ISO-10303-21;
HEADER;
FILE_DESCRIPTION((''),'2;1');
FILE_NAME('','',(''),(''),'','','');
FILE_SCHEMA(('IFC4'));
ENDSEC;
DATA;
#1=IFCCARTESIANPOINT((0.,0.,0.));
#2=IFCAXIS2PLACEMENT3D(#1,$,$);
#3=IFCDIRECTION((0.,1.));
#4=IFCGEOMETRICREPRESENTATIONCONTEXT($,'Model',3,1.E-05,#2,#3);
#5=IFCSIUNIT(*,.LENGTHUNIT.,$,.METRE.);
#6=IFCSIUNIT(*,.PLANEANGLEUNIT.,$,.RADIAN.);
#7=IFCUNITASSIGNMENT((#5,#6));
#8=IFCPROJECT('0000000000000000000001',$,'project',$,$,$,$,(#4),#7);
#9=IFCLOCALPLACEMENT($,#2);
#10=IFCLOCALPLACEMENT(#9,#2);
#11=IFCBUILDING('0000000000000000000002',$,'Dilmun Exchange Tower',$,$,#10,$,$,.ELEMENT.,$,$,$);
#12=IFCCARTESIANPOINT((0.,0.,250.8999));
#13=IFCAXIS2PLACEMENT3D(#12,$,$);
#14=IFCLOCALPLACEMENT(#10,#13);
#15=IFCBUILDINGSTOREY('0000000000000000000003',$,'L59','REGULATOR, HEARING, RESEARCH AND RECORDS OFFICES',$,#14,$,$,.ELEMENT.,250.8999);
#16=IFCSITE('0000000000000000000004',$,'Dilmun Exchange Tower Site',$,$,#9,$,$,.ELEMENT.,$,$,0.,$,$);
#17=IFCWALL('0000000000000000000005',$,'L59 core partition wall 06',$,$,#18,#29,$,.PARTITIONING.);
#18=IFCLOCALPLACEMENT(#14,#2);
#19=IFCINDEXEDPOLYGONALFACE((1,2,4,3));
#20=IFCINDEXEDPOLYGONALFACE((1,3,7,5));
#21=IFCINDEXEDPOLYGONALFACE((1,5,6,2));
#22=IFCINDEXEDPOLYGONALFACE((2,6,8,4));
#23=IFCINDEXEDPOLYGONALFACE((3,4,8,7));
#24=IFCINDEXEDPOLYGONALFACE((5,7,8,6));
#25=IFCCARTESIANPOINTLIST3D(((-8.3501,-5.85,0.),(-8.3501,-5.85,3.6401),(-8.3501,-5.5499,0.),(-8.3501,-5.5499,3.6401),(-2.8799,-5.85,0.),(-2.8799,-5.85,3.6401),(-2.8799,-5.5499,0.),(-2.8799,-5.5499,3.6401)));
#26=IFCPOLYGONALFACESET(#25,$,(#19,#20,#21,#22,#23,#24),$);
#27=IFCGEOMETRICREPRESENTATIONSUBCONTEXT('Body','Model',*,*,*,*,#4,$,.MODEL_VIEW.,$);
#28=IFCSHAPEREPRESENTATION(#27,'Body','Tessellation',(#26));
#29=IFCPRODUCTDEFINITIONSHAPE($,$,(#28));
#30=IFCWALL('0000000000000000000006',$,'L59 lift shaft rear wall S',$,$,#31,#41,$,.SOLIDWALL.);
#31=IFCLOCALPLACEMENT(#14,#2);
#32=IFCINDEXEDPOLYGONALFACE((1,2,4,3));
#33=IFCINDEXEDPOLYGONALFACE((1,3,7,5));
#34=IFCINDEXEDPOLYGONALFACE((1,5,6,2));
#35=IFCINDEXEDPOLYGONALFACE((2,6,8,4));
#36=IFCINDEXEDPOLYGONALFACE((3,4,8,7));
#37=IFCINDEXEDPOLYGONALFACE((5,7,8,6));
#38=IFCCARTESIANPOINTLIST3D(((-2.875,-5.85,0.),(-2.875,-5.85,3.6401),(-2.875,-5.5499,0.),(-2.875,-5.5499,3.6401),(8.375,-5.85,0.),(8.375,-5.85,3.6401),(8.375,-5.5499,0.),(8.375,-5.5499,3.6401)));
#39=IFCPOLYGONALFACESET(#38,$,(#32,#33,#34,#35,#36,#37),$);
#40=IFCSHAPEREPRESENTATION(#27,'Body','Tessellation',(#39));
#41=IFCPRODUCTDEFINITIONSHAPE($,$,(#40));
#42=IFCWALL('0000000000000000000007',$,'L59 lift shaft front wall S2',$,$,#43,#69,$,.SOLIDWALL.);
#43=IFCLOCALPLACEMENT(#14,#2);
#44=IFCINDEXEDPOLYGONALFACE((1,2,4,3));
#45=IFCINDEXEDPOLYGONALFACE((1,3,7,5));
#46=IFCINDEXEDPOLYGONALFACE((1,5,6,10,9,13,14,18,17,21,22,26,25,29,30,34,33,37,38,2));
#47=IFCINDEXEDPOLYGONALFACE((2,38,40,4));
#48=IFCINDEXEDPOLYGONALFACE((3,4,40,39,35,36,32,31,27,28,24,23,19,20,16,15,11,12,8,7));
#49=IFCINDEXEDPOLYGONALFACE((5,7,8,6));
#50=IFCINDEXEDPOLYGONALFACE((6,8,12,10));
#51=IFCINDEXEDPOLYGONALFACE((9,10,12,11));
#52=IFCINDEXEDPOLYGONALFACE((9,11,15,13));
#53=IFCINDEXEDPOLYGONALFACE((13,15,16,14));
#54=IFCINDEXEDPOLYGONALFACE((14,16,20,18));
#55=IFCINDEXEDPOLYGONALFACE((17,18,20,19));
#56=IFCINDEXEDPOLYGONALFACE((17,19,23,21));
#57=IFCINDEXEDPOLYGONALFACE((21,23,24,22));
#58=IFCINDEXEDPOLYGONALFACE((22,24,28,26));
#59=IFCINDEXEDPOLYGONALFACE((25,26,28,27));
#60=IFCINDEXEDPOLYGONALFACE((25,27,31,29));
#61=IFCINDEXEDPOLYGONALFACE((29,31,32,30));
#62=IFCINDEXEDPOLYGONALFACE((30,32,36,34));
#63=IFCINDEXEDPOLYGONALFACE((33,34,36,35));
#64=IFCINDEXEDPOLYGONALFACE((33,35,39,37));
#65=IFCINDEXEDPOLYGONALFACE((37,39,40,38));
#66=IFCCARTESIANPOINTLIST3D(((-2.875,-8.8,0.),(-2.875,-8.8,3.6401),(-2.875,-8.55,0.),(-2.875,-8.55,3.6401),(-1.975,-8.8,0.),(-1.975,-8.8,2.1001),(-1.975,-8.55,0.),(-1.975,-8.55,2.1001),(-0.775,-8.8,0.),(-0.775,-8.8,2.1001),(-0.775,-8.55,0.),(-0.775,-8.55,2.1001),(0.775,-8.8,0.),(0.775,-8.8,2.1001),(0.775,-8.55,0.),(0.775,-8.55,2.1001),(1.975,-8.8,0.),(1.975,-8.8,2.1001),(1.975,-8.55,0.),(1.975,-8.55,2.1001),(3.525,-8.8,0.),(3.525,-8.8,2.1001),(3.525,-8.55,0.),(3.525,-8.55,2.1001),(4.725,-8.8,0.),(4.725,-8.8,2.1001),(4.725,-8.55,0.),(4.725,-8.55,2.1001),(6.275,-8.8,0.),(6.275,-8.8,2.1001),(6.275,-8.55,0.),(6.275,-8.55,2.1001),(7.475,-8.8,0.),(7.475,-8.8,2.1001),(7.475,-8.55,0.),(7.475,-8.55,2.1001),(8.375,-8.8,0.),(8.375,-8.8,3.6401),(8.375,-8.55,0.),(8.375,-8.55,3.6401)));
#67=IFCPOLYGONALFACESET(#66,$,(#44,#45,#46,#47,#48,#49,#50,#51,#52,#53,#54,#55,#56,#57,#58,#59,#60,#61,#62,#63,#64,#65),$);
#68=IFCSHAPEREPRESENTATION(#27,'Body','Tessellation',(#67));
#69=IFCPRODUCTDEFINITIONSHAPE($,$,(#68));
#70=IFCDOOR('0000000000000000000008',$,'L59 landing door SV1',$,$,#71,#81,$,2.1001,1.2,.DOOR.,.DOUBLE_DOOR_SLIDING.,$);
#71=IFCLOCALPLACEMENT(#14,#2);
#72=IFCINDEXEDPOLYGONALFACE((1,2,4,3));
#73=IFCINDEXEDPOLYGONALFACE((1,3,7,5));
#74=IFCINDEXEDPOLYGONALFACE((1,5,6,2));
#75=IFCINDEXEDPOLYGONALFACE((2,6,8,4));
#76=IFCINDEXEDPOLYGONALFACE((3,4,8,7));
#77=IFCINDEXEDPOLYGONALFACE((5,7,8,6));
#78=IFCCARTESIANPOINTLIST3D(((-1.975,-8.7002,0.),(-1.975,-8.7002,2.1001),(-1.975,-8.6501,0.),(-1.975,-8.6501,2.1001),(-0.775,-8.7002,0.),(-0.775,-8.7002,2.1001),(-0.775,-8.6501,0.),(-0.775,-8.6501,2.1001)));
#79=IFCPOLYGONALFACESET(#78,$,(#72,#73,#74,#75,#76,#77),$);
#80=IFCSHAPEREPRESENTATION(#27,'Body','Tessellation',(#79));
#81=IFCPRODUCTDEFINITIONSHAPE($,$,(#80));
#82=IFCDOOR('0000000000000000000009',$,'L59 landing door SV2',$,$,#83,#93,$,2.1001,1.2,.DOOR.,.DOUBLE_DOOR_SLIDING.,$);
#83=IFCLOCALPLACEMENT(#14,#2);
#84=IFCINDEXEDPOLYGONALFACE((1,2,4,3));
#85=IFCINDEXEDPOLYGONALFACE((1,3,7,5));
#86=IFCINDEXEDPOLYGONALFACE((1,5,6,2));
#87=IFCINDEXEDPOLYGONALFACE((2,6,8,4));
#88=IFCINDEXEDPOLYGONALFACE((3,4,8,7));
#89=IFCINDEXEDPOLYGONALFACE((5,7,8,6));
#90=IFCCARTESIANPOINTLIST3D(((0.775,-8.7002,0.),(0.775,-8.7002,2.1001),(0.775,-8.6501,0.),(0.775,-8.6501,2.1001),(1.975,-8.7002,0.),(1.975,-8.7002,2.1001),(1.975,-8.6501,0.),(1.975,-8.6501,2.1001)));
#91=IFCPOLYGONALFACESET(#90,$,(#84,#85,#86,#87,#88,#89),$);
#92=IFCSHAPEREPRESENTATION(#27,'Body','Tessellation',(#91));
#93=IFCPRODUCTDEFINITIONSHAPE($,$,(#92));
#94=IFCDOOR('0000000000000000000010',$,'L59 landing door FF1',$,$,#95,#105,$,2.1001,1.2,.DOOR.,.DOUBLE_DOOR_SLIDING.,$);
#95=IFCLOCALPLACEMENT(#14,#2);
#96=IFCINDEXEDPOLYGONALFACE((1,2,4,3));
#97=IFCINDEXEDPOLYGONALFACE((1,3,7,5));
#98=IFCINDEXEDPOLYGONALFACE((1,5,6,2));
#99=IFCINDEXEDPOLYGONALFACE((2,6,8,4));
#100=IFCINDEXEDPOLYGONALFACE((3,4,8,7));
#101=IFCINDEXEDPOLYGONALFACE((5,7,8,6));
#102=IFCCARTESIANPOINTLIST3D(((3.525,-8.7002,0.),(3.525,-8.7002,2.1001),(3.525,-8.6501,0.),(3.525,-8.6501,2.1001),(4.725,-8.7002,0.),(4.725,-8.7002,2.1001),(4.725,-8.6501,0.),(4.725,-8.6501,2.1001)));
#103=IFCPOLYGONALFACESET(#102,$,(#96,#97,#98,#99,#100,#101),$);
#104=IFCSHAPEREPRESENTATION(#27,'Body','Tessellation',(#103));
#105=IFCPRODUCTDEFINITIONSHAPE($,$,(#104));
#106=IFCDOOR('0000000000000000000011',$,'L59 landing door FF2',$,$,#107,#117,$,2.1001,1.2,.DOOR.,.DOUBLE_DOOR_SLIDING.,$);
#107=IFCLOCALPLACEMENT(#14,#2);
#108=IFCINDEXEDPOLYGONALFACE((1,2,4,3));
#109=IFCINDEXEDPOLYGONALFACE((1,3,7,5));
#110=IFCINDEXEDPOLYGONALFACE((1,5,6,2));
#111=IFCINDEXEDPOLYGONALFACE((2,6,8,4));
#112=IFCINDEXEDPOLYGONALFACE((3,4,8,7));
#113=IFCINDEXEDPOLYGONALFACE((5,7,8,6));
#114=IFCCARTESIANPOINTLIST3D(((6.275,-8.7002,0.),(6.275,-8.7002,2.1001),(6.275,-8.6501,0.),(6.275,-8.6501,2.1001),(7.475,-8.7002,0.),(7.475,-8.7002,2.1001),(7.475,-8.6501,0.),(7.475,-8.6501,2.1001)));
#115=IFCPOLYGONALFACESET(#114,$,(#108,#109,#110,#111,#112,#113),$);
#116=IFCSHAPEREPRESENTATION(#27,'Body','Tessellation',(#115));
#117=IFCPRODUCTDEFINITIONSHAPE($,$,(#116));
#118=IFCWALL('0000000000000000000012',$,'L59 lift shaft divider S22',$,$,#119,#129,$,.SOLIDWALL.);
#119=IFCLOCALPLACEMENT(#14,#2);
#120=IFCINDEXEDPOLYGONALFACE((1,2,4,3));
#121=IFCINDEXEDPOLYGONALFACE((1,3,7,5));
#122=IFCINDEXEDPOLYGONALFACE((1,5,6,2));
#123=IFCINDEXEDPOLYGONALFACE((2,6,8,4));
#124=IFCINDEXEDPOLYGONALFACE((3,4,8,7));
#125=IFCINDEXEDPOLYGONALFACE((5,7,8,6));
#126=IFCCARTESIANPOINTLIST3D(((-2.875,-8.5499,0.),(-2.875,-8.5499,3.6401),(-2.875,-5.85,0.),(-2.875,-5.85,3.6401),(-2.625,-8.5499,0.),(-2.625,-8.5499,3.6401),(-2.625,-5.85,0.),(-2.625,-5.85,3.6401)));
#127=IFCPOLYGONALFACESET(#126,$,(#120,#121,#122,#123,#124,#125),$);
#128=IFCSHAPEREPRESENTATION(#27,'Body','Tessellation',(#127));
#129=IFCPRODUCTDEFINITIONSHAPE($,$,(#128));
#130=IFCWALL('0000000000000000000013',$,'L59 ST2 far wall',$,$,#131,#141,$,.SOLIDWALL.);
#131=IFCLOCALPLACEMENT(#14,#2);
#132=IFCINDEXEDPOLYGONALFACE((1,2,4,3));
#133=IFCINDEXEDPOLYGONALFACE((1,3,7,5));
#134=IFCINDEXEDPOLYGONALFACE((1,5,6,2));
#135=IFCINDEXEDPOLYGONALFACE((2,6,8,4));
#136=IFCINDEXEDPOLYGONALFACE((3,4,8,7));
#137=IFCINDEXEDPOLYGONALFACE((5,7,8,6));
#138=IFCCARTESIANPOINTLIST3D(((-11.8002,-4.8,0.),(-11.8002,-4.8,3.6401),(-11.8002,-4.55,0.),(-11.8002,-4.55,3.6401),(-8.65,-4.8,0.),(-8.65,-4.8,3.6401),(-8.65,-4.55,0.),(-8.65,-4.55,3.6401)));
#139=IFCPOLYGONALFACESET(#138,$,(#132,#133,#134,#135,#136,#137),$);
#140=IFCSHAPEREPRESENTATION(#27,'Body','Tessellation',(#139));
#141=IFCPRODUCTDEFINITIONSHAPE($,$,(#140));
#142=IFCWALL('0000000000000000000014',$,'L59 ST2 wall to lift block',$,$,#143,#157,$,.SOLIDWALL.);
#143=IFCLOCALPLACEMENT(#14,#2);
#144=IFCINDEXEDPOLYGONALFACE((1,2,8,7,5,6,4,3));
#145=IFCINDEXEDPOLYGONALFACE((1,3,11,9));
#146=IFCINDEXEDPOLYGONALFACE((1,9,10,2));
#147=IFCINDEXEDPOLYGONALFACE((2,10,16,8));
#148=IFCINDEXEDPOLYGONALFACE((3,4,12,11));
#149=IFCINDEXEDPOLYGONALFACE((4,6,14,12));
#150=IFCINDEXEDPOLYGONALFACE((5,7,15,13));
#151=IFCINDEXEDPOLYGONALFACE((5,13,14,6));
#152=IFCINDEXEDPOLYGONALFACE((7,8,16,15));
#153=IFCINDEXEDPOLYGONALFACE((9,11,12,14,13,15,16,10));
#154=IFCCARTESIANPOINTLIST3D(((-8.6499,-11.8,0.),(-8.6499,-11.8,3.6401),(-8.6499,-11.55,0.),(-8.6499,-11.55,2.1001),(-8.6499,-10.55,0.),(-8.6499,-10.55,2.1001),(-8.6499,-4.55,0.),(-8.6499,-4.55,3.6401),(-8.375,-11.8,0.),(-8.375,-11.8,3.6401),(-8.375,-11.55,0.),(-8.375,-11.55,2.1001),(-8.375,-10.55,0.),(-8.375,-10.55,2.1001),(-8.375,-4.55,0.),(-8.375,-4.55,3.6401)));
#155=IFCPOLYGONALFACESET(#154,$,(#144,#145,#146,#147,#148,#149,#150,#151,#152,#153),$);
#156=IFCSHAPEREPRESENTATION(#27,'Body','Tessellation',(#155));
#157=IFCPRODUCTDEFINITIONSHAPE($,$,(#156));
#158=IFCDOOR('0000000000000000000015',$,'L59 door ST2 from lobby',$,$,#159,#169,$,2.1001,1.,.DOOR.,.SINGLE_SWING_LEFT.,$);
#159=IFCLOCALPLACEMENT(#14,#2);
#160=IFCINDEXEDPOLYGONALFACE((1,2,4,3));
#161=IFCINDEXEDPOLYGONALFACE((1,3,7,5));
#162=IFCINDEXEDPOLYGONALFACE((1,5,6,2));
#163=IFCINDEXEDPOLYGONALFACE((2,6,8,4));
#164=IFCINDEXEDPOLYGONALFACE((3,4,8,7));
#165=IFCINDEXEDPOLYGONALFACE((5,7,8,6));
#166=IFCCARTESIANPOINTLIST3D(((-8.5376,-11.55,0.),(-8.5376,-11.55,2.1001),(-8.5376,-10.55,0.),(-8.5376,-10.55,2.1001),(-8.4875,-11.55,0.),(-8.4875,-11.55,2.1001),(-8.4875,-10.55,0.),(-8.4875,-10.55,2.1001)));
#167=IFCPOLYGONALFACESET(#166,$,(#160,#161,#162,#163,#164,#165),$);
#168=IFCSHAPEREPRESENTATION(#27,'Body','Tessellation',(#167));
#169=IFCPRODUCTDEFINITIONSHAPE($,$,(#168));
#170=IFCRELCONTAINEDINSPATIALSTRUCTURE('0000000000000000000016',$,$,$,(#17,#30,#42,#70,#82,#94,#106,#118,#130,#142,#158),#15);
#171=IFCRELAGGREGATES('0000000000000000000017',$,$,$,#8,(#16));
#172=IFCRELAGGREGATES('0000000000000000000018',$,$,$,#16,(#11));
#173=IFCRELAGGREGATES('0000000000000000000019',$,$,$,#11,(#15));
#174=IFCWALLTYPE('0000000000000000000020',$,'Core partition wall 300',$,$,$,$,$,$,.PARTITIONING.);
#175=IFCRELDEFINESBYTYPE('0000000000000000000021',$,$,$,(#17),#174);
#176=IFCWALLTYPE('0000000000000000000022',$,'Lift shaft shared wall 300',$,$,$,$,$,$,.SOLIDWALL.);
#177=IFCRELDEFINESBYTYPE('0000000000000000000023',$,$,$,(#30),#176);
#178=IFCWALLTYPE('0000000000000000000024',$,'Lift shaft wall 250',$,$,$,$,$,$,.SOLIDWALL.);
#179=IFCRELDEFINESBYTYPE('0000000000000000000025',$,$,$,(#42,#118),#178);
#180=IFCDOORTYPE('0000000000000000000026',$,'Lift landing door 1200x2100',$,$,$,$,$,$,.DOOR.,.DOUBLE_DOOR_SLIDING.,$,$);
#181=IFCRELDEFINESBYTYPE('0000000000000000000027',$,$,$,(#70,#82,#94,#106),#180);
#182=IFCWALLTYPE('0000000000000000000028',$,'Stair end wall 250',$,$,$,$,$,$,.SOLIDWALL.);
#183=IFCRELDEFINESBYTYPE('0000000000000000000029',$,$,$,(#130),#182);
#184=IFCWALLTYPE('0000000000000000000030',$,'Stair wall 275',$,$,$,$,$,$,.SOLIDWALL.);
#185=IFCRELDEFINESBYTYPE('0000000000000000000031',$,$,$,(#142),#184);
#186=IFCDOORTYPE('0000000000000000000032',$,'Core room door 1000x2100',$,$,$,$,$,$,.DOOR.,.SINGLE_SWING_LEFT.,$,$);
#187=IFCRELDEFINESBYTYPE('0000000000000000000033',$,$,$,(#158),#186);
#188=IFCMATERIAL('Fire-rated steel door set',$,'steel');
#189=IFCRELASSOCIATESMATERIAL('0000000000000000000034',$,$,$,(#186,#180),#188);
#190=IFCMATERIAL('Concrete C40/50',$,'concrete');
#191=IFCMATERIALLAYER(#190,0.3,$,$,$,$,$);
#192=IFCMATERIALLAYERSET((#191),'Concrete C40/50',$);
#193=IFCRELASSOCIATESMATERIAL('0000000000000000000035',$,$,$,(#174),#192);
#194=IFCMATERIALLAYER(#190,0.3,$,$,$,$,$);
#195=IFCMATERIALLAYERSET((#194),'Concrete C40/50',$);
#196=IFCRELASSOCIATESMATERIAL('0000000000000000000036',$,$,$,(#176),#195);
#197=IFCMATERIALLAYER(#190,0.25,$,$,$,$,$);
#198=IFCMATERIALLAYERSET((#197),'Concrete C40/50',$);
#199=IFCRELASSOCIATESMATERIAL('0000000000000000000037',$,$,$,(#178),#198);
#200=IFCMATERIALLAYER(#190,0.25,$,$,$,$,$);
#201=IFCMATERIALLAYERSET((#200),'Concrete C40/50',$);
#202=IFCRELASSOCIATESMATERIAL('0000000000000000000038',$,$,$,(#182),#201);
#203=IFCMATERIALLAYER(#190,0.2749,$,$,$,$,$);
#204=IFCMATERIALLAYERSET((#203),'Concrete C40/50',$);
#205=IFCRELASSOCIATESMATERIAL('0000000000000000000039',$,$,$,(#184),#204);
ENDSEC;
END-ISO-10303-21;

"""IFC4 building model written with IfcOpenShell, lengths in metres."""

from ifc_helpers import new_model, si_unit, direction, frame, frame_2d, origin, place, context, subcontext, project, spatial, rectangle, extrude, material, layer, layer_set, type_object, element, fill, save


model = new_model("IFC4")

# Units and contexts
model_context = context("Model", 3, precision=1e-05, world=origin(), true_north=direction((0.0, 1.0)))
body_context = subcontext(model_context, "Body", "Model", "MODEL_VIEW")
ifc_project = project(units=[si_unit("LENGTHUNIT", "METRE"), si_unit("PLANEANGLEUNIT", "RADIAN")], contexts=[model_context])

# Site, building, storey
site_placement = place(None, origin())
site = spatial("IfcSite", under=ifc_project, at=site_placement, Name="Dilmun Exchange Tower Site", CompositionType="ELEMENT", RefElevation=0.0)
building_placement = place(site_placement, origin())
building = spatial("IfcBuilding", under=site, at=building_placement, Name="Dilmun Exchange Tower", CompositionType="ELEMENT")
storey_placement = place(building_placement, frame((0.0, 0.0, 250.8999)))
storey = spatial("IfcBuildingStorey", under=building, at=storey_placement, Name="L59", Description="REGULATOR, HEARING, RESEARCH AND RECORDS OFFICES", CompositionType="ELEMENT", Elevation=250.8999)

# Shared definitions
ifc_material_1 = material(Name="Concrete C40/50", Category="concrete")

# Shared definitions
ifc_material_2 = material(Name="Fire-rated steel door set", Category="steel")
door_type_1 = type_object("IfcDoorType", Name="Core room door 1000x2100", OperationType="SINGLE_SWING_LEFT", PredefinedType="DOOR", material=ifc_material_2)

# Walls
ifc_layer_1 = layer(ifc_material_1, 0.3)
ifc_layer_set_1 = layer_set([ifc_layer_1], Name="Concrete C40/50")
wall_type_1 = type_object("IfcWallType", Name="Core partition wall 300", PredefinedType="PARTITIONING", material=ifc_layer_set_1)
wall_1_placement = place(storey_placement, frame((-8.3501, -5.7, 0.0), z_axis=(0.0, 0.0, 1.0), x_axis=(1.0, 0.0, 0.0)))
element("IfcWall", 1, at=wall_1_placement, inside=storey, type_object=wall_type_1, Name="L59 core partition wall 06", PredefinedType="PARTITIONING", context=body_context, shape_type="SweptSolid", body=[
    extrude(rectangle(XDim=5.4702, YDim=0.3, at=frame_2d((2.7351, 0.0))), origin(), (0.0, 0.0, 1.0), 3.6401),
])
ifc_layer_2 = layer(ifc_material_1, 0.3)
ifc_layer_set_2 = layer_set([ifc_layer_2], Name="Concrete C40/50")
wall_type_2 = type_object("IfcWallType", Name="Lift shaft shared wall 300", PredefinedType="SOLIDWALL", material=ifc_layer_set_2)
wall_2_placement = place(storey_placement, frame((-2.875, -5.7, 0.0), z_axis=(0.0, 0.0, 1.0), x_axis=(1.0, 0.0, 0.0)))
element("IfcWall", 2, at=wall_2_placement, inside=storey, type_object=wall_type_2, Name="L59 lift shaft rear wall S", PredefinedType="SOLIDWALL", context=body_context, shape_type="SweptSolid", body=[
    extrude(rectangle(XDim=11.25, YDim=0.3, at=frame_2d((5.625, 0.0))), origin(), (0.0, 0.0, 1.0), 3.6401),
])

# Wall, openings, doors
ifc_layer_3 = layer(ifc_material_1, 0.25)
ifc_layer_set_3 = layer_set([ifc_layer_3], Name="Concrete C40/50")
wall_type_3 = type_object("IfcWallType", Name="Lift shaft wall 250", PredefinedType="SOLIDWALL", material=ifc_layer_set_3)
wall_3_placement = place(storey_placement, frame((-2.875, -8.675, 0.0), z_axis=(0.0, 0.0, 1.0), x_axis=(1.0, 0.0, 0.0)))
wall_3 = element("IfcWall", 3, at=wall_3_placement, inside=storey, type_object=wall_type_3, Name="L59 lift shaft front wall S2", PredefinedType="SOLIDWALL", context=body_context, shape_type="SweptSolid", body=[
    extrude(rectangle(XDim=11.25, YDim=0.25, at=frame_2d((5.625, 0.0))), origin(), (0.0, 0.0, 1.0), 3.6401),
])
opening_1_placement = place(wall_3_placement, frame((0.8999, 0.0, 0.0)))
opening_1 = element("IfcOpeningElement", 4, at=opening_1_placement, cuts=wall_3, PredefinedType="OPENING", context=body_context, shape_type="SweptSolid", body=[
    extrude(rectangle(XDim=1.2, YDim=2.1001, at=frame_2d((0.6001, 1.05))), frame((0.0, 0.135, 0.0), z_axis=(0.0, -1.0, 0.0), x_axis=(1.0, 0.0, 0.0)), (0.0, 0.0, 1.0), 0.27),
])
opening_2_placement = place(wall_3_placement, frame((3.6499, 0.0, 0.0)))
opening_2 = element("IfcOpeningElement", 5, at=opening_2_placement, cuts=wall_3, PredefinedType="OPENING", context=body_context, shape_type="SweptSolid", body=[
    extrude(rectangle(XDim=1.2, YDim=2.1001, at=frame_2d((0.6001, 1.05))), frame((0.0, 0.135, 0.0), z_axis=(0.0, -1.0, 0.0), x_axis=(1.0, 0.0, 0.0)), (0.0, 0.0, 1.0), 0.27),
])
opening_3_placement = place(wall_3_placement, frame((6.3999, 0.0, 0.0)))
opening_3 = element("IfcOpeningElement", 6, at=opening_3_placement, cuts=wall_3, PredefinedType="OPENING", context=body_context, shape_type="SweptSolid", body=[
    extrude(rectangle(XDim=1.2, YDim=2.1001, at=frame_2d((0.6001, 1.05))), frame((0.0, 0.135, 0.0), z_axis=(0.0, -1.0, 0.0), x_axis=(1.0, 0.0, 0.0)), (0.0, 0.0, 1.0), 0.27),
])
opening_4_placement = place(wall_3_placement, frame((9.1499, 0.0, 0.0)))
opening_4 = element("IfcOpeningElement", 7, at=opening_4_placement, cuts=wall_3, PredefinedType="OPENING", context=body_context, shape_type="SweptSolid", body=[
    extrude(rectangle(XDim=1.2, YDim=2.1001, at=frame_2d((0.6001, 1.05))), frame((0.0, 0.135, 0.0), z_axis=(0.0, -1.0, 0.0), x_axis=(1.0, 0.0, 0.0)), (0.0, 0.0, 1.0), 0.27),
])
door_type_2 = type_object("IfcDoorType", Name="Lift landing door 1200x2100", OperationType="DOUBLE_DOOR_SLIDING", PredefinedType="DOOR", material=ifc_material_2)
door_1_placement = place(opening_1_placement, origin())
door_1 = element("IfcDoor", 8, at=door_1_placement, inside=storey, type_object=door_type_2, Name="L59 landing door SV1", OperationType="DOUBLE_DOOR_SLIDING", OverallHeight=2.1001, OverallWidth=1.2, PredefinedType="DOOR", context=body_context, shape_type="SweptSolid", body=[
    extrude(rectangle(XDim=1.2, YDim=2.1001, at=frame_2d((0.6001, 1.05))), frame((0.0, 0.0249, 0.0), z_axis=(0.0, -1.0, 0.0), x_axis=(1.0, 0.0, 0.0)), (0.0, 0.0, 1.0), 0.05),
])
fill(opening_1, door_1)
door_2_placement = place(opening_2_placement, origin())
door_2 = element("IfcDoor", 9, at=door_2_placement, inside=storey, type_object=door_type_2, Name="L59 landing door SV2", OperationType="DOUBLE_DOOR_SLIDING", OverallHeight=2.1001, OverallWidth=1.2, PredefinedType="DOOR", context=body_context, shape_type="SweptSolid", body=[
    extrude(rectangle(XDim=1.2, YDim=2.1001, at=frame_2d((0.6001, 1.05))), frame((0.0, 0.0249, 0.0), z_axis=(0.0, -1.0, 0.0), x_axis=(1.0, 0.0, 0.0)), (0.0, 0.0, 1.0), 0.05),
])
fill(opening_2, door_2)
door_3_placement = place(opening_3_placement, origin())
door_3 = element("IfcDoor", 10, at=door_3_placement, inside=storey, type_object=door_type_2, Name="L59 landing door FF1", OperationType="DOUBLE_DOOR_SLIDING", OverallHeight=2.1001, OverallWidth=1.2, PredefinedType="DOOR", context=body_context, shape_type="SweptSolid", body=[
    extrude(rectangle(XDim=1.2, YDim=2.1001, at=frame_2d((0.6001, 1.05))), frame((0.0, 0.0249, 0.0), z_axis=(0.0, -1.0, 0.0), x_axis=(1.0, 0.0, 0.0)), (0.0, 0.0, 1.0), 0.05),
])
fill(opening_3, door_3)
door_4_placement = place(opening_4_placement, origin())
door_4 = element("IfcDoor", 11, at=door_4_placement, inside=storey, type_object=door_type_2, Name="L59 landing door FF2", OperationType="DOUBLE_DOOR_SLIDING", OverallHeight=2.1001, OverallWidth=1.2, PredefinedType="DOOR", context=body_context, shape_type="SweptSolid", body=[
    extrude(rectangle(XDim=1.2, YDim=2.1001, at=frame_2d((0.6001, 1.05))), frame((0.0, 0.0249, 0.0), z_axis=(0.0, -1.0, 0.0), x_axis=(1.0, 0.0, 0.0)), (0.0, 0.0, 1.0), 0.05),
])
fill(opening_4, door_4)

# Walls
wall_4_placement = place(storey_placement, frame((-2.75, -8.55, 0.0), z_axis=(0.0, 0.0, 1.0), x_axis=(0.0, 1.0, 0.0)))
element("IfcWall", 12, at=wall_4_placement, inside=storey, type_object=wall_type_3, Name="L59 lift shaft divider S22", PredefinedType="SOLIDWALL", context=body_context, shape_type="SweptSolid", body=[
    extrude(rectangle(XDim=2.7, YDim=0.25, at=frame_2d((1.3501, 0.0))), origin(), (0.0, 0.0, 1.0), 3.6401),
])
ifc_layer_4 = layer(ifc_material_1, 0.25)
ifc_layer_set_4 = layer_set([ifc_layer_4], Name="Concrete C40/50")
wall_type_4 = type_object("IfcWallType", Name="Stair end wall 250", PredefinedType="SOLIDWALL", material=ifc_layer_set_4)
wall_5_placement = place(storey_placement, frame((-8.6499, -4.675, 0.0), z_axis=(0.0, 0.0, 1.0), x_axis=(-1.0, 0.0, 0.0)))
element("IfcWall", 13, at=wall_5_placement, inside=storey, type_object=wall_type_4, Name="L59 ST2 far wall", PredefinedType="SOLIDWALL", context=body_context, shape_type="SweptSolid", body=[
    extrude(rectangle(XDim=3.1501, YDim=0.25, at=frame_2d((1.5752, 0.0))), origin(), (0.0, 0.0, 1.0), 3.6401),
])

# Wall, opening, door
ifc_layer_5 = layer(ifc_material_1, 0.2749)
ifc_layer_set_5 = layer_set([ifc_layer_5], Name="Concrete C40/50")
wall_type_5 = type_object("IfcWallType", Name="Stair wall 275", PredefinedType="SOLIDWALL", material=ifc_layer_set_5)
wall_6_placement = place(storey_placement, frame((-8.5125, -4.55, 0.0), z_axis=(0.0, 0.0, 1.0), x_axis=(0.0, -1.0, 0.0)))
wall_6 = element("IfcWall", 14, at=wall_6_placement, inside=storey, type_object=wall_type_5, Name="L59 ST2 wall to lift block", PredefinedType="SOLIDWALL", context=body_context, shape_type="SweptSolid", body=[
    extrude(rectangle(XDim=7.25, YDim=0.2749, at=frame_2d((3.625, 0.0))), origin(), (0.0, 0.0, 1.0), 3.6401),
])
opening_5_placement = place(wall_6_placement, frame((6.0, 0.0, 0.0)))
opening_5 = element("IfcOpeningElement", 15, at=opening_5_placement, cuts=wall_6, PredefinedType="OPENING", context=body_context, shape_type="SweptSolid", body=[
    extrude(rectangle(XDim=1.0, YDim=2.1001, at=frame_2d((0.5, 1.05))), frame((0.0, 0.1475, 0.0), z_axis=(0.0, -1.0, 0.0), x_axis=(1.0, 0.0, 0.0)), (0.0, 0.0, 1.0), 0.2949),
])
door_5_placement = place(opening_5_placement, origin())
door_5 = element("IfcDoor", 16, at=door_5_placement, inside=storey, type_object=door_type_1, Name="L59 door ST2 from lobby", OperationType="SINGLE_SWING_LEFT", OverallHeight=2.1001, OverallWidth=1.0, PredefinedType="DOOR", context=body_context, shape_type="SweptSolid", body=[
    extrude(rectangle(XDim=1.0, YDim=2.1001, at=frame_2d((0.5, 1.05))), frame((0.0, 0.0249, 0.0), z_axis=(0.0, -1.0, 0.0), x_axis=(1.0, 0.0, 0.0)), (0.0, 0.0, 1.0), 0.05),
])
fill(opening_5, door_5)

save(model, "model.ifc")
